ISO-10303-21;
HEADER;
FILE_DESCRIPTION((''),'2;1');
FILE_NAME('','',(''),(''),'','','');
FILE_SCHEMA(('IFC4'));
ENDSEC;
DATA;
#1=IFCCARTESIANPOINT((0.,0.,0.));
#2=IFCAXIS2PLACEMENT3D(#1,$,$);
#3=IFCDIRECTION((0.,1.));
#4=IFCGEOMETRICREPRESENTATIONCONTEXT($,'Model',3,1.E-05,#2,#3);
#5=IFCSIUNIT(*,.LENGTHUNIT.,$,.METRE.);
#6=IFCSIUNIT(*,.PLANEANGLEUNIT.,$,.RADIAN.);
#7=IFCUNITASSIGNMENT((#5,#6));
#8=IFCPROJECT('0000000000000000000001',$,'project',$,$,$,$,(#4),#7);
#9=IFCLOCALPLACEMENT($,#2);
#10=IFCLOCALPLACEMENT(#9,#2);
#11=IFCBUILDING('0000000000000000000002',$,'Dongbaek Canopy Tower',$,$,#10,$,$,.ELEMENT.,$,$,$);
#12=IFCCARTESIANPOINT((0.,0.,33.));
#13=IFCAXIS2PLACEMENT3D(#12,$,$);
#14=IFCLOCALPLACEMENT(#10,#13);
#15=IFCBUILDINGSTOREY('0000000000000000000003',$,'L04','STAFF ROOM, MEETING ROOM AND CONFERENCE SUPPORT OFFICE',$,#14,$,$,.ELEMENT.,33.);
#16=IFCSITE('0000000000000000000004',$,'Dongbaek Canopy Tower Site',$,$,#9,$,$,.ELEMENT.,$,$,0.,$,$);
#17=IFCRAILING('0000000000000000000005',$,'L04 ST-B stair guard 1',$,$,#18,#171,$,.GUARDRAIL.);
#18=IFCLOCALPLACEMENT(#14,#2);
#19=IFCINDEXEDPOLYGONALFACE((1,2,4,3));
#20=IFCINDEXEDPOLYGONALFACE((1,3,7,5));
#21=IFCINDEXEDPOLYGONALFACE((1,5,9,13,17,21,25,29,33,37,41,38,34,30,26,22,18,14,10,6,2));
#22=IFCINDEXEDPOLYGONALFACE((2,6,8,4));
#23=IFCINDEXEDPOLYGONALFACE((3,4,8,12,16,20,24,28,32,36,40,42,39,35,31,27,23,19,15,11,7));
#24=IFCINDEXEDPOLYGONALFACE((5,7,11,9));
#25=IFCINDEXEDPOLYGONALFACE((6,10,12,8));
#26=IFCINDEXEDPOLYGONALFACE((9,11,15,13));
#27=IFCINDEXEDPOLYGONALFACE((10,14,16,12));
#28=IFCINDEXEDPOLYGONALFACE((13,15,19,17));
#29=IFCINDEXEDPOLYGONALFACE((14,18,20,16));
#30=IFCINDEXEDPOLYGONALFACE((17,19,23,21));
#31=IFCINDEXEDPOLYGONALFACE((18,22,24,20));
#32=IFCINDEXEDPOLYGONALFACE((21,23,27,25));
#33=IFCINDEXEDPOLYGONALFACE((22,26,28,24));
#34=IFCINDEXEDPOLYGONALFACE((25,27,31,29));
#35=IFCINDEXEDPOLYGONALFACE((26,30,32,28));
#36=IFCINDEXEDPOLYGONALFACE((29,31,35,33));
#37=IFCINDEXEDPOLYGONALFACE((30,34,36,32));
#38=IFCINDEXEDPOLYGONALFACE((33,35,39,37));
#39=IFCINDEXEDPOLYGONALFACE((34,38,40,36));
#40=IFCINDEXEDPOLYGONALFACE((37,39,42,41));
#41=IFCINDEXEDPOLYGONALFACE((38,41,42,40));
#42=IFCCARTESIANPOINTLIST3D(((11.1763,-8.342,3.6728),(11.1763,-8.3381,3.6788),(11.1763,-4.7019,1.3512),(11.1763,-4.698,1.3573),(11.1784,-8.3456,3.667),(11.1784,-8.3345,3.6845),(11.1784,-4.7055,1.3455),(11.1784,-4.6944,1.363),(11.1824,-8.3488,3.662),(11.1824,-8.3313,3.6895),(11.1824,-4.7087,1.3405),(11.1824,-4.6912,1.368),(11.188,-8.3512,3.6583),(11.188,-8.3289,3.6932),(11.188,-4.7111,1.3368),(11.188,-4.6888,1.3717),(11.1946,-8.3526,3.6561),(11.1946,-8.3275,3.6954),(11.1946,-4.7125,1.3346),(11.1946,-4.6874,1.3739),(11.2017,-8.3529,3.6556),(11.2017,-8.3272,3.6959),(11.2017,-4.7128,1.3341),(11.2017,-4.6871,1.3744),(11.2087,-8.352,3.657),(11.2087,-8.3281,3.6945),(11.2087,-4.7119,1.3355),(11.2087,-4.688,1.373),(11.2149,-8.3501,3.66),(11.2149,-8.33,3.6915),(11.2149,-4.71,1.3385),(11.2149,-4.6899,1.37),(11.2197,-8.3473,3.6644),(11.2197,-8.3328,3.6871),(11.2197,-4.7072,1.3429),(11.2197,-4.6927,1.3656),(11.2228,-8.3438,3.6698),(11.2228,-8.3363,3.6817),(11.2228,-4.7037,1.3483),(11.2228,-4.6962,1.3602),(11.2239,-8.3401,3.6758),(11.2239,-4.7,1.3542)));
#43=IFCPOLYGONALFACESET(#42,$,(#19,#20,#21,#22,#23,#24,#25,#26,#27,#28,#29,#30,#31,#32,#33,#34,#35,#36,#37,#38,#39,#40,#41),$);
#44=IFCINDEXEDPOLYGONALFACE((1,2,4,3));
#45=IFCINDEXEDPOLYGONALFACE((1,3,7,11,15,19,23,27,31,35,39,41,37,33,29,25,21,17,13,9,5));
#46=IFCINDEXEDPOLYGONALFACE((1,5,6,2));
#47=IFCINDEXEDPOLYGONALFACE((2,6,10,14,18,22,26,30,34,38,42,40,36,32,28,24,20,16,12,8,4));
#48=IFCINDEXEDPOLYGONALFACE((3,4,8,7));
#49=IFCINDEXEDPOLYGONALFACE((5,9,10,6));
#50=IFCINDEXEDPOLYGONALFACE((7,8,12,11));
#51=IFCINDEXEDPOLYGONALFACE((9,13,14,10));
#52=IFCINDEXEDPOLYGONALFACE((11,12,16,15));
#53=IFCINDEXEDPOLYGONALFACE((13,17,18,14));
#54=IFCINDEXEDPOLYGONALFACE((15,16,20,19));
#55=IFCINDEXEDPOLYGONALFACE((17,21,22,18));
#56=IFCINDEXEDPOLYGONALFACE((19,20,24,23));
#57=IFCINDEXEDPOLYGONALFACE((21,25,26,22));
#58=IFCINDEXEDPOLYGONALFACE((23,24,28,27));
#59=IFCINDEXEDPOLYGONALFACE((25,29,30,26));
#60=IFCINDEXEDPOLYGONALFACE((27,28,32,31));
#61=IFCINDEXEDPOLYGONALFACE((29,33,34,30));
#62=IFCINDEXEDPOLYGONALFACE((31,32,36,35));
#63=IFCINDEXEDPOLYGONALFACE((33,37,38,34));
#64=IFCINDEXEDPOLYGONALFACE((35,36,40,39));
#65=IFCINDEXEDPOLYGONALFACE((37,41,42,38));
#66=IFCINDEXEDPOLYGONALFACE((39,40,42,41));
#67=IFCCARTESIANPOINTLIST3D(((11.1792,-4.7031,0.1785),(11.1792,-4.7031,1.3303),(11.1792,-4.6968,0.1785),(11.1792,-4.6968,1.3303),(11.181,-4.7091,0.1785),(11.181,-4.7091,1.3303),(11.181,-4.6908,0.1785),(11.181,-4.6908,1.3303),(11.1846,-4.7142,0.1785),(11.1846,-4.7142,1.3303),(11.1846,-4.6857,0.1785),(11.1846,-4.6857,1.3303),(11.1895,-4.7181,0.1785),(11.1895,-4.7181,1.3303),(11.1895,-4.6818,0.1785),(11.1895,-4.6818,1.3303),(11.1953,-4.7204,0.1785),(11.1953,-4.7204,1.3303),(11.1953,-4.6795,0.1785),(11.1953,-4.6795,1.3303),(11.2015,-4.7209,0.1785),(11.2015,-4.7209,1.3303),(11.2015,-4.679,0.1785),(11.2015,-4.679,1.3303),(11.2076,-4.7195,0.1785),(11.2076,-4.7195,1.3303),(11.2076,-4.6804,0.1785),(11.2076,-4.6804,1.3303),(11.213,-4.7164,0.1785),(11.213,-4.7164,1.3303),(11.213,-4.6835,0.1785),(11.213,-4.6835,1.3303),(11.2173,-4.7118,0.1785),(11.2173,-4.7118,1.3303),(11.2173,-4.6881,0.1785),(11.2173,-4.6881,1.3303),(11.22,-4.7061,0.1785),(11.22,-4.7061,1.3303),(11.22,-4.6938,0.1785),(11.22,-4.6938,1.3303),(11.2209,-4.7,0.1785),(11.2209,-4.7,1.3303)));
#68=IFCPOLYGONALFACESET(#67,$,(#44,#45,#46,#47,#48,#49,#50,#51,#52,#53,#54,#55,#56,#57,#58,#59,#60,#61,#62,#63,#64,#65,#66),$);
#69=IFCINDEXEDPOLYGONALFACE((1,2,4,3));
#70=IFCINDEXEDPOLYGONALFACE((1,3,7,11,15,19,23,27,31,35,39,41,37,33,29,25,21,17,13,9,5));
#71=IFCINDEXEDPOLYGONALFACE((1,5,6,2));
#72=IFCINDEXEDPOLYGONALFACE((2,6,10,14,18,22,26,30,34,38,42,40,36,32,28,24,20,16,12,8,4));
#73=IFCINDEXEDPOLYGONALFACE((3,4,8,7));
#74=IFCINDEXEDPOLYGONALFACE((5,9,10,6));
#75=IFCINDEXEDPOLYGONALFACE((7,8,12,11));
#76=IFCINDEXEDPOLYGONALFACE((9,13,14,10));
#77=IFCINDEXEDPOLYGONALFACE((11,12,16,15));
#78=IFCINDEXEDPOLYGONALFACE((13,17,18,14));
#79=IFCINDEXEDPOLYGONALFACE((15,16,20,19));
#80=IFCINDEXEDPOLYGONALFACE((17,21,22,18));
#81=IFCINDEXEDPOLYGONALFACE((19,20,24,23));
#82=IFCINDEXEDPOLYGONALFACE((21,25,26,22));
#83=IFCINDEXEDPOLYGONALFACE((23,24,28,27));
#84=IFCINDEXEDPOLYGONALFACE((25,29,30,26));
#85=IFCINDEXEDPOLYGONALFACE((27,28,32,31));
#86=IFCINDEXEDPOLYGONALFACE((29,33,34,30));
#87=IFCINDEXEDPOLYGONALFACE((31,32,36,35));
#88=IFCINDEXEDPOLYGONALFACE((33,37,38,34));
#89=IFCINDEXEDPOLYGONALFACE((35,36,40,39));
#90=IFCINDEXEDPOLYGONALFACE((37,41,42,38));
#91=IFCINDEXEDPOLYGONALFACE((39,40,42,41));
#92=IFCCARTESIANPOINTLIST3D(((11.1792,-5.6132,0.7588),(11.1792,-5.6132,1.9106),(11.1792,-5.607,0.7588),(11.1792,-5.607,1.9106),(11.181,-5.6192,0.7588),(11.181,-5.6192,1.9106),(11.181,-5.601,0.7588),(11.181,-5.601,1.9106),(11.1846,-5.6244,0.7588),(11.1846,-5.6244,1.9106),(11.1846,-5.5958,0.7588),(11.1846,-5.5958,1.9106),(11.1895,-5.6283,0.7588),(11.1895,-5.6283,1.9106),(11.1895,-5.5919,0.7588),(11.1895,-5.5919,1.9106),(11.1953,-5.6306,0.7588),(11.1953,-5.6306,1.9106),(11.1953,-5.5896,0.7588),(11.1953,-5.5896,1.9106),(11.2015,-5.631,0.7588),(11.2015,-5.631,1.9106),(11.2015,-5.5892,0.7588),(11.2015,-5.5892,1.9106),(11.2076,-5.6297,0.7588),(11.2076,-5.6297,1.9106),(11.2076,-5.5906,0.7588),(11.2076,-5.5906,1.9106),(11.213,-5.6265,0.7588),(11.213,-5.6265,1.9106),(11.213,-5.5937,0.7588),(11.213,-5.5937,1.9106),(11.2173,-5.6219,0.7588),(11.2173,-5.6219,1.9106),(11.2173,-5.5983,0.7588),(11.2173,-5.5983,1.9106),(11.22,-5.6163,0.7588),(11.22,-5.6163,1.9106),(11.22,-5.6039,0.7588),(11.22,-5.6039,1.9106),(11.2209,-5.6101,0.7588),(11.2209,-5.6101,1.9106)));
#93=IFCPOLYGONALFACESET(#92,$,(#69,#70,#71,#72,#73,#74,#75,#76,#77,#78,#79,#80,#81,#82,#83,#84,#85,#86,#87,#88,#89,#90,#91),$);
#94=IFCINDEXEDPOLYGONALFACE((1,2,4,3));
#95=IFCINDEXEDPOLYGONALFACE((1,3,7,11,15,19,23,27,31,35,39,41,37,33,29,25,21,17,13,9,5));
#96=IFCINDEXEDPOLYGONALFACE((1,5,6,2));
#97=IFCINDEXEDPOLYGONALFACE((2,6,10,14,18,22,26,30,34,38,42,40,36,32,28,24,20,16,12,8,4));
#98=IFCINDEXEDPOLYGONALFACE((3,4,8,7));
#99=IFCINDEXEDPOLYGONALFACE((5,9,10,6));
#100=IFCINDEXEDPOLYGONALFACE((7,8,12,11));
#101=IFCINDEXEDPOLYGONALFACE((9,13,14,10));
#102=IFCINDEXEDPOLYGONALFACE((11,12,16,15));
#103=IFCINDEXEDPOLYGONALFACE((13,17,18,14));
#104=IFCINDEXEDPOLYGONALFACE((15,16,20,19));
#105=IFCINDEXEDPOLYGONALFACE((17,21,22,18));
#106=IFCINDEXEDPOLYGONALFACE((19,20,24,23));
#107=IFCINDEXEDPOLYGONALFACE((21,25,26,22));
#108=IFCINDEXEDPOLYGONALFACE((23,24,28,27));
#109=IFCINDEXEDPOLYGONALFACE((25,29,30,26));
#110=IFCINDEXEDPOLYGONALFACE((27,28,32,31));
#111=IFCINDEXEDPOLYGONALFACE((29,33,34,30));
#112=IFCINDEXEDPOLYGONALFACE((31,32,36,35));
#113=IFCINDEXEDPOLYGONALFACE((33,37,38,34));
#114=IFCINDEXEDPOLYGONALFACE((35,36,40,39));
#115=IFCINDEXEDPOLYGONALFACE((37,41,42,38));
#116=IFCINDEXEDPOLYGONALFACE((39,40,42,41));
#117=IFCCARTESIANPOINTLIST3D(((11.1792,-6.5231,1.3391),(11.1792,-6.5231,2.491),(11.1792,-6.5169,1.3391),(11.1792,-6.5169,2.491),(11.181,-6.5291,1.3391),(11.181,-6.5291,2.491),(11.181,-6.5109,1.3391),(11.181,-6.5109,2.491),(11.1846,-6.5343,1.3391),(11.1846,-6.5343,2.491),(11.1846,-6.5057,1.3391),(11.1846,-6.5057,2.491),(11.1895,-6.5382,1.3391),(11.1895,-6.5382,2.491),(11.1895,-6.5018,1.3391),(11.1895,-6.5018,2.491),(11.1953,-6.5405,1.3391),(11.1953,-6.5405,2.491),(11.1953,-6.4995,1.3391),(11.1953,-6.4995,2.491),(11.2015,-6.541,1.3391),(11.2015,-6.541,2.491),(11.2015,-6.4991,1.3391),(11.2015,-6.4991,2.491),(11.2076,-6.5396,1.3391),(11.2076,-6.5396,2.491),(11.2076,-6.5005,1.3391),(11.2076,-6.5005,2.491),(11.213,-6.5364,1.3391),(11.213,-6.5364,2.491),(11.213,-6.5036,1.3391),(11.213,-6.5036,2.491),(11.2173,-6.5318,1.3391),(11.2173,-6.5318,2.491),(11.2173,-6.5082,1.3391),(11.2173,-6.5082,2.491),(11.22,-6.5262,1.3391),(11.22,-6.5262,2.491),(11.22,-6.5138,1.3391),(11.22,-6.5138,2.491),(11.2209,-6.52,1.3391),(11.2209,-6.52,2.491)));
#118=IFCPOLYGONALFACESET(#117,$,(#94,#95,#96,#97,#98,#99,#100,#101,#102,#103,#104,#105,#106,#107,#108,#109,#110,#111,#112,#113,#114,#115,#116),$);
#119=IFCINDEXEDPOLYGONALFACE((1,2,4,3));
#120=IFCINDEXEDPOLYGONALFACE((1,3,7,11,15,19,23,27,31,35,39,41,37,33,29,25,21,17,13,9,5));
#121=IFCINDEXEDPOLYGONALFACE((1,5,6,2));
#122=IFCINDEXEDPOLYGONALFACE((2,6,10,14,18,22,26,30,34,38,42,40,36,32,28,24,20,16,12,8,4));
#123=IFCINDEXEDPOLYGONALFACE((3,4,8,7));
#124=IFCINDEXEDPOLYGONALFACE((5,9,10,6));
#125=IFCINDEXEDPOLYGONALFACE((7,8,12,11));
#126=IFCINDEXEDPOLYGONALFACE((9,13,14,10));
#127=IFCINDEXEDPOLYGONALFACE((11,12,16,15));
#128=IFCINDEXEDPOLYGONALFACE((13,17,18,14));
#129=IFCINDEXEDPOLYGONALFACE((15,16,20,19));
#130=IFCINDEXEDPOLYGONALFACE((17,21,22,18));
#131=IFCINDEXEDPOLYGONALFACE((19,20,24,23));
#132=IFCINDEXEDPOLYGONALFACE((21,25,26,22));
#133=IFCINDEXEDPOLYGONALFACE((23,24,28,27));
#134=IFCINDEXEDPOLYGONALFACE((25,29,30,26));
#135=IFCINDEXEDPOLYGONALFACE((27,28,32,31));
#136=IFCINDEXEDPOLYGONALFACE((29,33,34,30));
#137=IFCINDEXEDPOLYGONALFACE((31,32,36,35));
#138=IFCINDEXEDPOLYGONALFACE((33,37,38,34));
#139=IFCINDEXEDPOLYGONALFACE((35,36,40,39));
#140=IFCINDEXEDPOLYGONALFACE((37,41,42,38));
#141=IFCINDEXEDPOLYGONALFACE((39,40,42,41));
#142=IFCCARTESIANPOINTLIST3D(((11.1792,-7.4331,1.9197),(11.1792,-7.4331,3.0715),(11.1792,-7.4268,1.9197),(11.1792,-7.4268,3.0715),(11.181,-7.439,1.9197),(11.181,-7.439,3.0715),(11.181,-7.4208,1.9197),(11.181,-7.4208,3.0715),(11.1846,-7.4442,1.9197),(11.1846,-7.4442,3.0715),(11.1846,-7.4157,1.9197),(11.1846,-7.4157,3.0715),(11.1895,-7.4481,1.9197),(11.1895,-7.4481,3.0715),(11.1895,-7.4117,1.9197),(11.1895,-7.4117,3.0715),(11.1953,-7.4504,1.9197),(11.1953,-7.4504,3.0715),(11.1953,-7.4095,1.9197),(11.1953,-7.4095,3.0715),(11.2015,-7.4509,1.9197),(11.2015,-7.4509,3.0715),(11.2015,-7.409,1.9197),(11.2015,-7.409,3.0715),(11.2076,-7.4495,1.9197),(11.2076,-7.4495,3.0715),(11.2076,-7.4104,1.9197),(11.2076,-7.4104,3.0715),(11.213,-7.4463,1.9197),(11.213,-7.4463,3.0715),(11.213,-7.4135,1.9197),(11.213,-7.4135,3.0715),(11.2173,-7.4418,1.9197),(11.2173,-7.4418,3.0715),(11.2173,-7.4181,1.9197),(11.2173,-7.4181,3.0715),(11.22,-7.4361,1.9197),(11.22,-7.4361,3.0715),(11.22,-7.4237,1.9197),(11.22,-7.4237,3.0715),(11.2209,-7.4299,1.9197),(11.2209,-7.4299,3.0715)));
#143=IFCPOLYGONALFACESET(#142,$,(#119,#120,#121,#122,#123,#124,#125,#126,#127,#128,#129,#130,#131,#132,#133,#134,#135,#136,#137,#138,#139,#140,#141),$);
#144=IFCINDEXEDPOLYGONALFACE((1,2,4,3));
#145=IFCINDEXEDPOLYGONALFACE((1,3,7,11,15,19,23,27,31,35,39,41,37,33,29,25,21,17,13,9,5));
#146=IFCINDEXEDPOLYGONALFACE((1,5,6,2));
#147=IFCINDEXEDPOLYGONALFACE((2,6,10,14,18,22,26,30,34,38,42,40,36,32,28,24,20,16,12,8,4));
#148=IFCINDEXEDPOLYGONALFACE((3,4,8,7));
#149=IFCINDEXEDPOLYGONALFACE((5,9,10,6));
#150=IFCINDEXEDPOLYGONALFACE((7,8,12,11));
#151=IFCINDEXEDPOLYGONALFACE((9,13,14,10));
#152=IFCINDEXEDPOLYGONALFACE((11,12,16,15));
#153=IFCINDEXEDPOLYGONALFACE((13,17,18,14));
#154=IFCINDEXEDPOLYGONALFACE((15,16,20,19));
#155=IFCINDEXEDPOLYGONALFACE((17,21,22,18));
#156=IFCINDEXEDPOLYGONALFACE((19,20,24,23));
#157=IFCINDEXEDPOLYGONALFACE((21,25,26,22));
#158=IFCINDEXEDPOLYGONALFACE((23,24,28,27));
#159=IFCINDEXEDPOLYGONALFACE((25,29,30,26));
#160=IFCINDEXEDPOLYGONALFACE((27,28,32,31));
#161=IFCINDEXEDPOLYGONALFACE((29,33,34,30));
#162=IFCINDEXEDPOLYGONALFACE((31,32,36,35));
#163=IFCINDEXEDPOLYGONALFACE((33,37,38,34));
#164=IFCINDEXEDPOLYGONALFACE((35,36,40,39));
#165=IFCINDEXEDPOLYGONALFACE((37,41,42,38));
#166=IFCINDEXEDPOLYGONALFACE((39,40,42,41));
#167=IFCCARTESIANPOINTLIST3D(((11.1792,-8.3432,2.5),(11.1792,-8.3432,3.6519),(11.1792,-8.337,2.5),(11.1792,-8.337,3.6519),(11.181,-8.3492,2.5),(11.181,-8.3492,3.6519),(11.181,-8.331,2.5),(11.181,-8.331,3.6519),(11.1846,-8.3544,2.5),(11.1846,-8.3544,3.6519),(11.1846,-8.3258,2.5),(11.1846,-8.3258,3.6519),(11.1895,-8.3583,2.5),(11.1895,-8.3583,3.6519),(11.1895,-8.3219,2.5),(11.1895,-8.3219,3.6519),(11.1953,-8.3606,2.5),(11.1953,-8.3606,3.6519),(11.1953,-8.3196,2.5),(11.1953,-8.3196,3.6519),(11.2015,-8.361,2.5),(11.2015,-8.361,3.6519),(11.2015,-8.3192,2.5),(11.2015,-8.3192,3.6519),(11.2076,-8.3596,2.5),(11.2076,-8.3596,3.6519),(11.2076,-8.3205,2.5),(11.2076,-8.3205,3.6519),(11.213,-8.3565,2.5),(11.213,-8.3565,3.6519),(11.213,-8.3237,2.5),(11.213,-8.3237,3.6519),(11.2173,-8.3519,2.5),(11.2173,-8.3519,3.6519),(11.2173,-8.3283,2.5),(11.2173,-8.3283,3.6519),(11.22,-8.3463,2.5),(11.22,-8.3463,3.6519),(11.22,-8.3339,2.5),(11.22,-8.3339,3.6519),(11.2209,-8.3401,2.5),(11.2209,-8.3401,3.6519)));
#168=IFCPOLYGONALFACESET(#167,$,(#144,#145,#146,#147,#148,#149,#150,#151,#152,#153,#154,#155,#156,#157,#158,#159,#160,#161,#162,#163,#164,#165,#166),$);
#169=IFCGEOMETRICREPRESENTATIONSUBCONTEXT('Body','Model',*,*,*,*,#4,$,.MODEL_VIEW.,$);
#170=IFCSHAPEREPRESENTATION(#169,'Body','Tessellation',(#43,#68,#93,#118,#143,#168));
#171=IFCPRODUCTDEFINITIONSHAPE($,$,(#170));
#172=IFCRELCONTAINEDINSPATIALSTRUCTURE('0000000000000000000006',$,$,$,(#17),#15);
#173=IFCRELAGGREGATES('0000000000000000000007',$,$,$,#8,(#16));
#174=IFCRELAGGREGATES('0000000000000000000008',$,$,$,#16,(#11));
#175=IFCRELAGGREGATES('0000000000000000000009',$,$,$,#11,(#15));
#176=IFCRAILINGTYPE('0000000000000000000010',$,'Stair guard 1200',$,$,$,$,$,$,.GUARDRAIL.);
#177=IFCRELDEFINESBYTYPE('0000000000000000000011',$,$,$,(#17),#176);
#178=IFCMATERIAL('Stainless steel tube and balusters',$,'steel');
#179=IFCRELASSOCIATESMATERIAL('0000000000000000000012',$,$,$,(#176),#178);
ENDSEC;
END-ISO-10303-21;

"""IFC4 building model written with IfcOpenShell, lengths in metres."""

from ifc_helpers import new_model, si_unit, direction, frame, origin, origin_2d, place, context, subcontext, project, spatial, circle, extrude, material, type_object, element, save


model = new_model("IFC4")

# Units and contexts
model_context = context("Model", 3, precision=1e-05, world=origin(), true_north=direction((0.0, 1.0)))
body_context = subcontext(model_context, "Body", "Model", "MODEL_VIEW")
ifc_project = project(units=[si_unit("LENGTHUNIT", "METRE"), si_unit("PLANEANGLEUNIT", "RADIAN")], contexts=[model_context])

# Site, building, storey
site_placement = place(None, origin())
site = spatial("IfcSite", under=ifc_project, at=site_placement, Name="Dongbaek Canopy Tower Site", CompositionType="ELEMENT", RefElevation=0.0)
building_placement = place(site_placement, origin())
building = spatial("IfcBuilding", under=site, at=building_placement, Name="Dongbaek Canopy Tower", CompositionType="ELEMENT")
storey_placement = place(building_placement, frame((0.0, 0.0, 33.0)))
storey = spatial("IfcBuildingStorey", under=building, at=storey_placement, Name="L04", Description="STAFF ROOM, MEETING ROOM AND CONFERENCE SUPPORT OFFICE", CompositionType="ELEMENT", Elevation=33.0)

# Railing
ifc_material_1 = material(Name="Stainless steel tube and balusters", Category="steel")
railing_type_1 = type_object("IfcRailingType", Name="Stair guard 1200", PredefinedType="GUARDRAIL", material=ifc_material_1)
railing_1_placement = place(storey_placement, frame((11.2, -4.7, 0.1785)))
element("IfcRailing", 1, at=railing_1_placement, inside=storey, type_object=railing_type_1, Name="L04 ST-B stair guard 1", PredefinedType="GUARDRAIL", context=body_context, shape_type="SweptSolid", body=[
    extrude(circle(Radius=0.0239, at=origin_2d()), frame((0.0, 0.0, 1.1758), z_axis=(0.0, -0.843128, 0.537713), x_axis=(1.0, 0.0, 0.0)), (0.0, 0.0, 1.0), 4.3174),
    extrude(circle(Radius=0.021, at=origin_2d()), origin(), (0.0, 0.0, 1.0), 1.1519),
    extrude(circle(Radius=0.021, at=origin_2d()), frame((0.0, -0.9102, 0.5803)), (0.0, 0.0, 1.0), 1.1519),
    extrude(circle(Radius=0.021, at=origin_2d()), frame((0.0, -1.8201, 1.1606)), (0.0, 0.0, 1.0), 1.1519),
    extrude(circle(Radius=0.021, at=origin_2d()), frame((0.0, -2.73, 1.7412)), (0.0, 0.0, 1.0), 1.1519),
    extrude(circle(Radius=0.021, at=origin_2d()), frame((0.0, -3.6401, 2.3215)), (0.0, 0.0, 1.0), 1.1519),
])

save(model, "model.ifc")
